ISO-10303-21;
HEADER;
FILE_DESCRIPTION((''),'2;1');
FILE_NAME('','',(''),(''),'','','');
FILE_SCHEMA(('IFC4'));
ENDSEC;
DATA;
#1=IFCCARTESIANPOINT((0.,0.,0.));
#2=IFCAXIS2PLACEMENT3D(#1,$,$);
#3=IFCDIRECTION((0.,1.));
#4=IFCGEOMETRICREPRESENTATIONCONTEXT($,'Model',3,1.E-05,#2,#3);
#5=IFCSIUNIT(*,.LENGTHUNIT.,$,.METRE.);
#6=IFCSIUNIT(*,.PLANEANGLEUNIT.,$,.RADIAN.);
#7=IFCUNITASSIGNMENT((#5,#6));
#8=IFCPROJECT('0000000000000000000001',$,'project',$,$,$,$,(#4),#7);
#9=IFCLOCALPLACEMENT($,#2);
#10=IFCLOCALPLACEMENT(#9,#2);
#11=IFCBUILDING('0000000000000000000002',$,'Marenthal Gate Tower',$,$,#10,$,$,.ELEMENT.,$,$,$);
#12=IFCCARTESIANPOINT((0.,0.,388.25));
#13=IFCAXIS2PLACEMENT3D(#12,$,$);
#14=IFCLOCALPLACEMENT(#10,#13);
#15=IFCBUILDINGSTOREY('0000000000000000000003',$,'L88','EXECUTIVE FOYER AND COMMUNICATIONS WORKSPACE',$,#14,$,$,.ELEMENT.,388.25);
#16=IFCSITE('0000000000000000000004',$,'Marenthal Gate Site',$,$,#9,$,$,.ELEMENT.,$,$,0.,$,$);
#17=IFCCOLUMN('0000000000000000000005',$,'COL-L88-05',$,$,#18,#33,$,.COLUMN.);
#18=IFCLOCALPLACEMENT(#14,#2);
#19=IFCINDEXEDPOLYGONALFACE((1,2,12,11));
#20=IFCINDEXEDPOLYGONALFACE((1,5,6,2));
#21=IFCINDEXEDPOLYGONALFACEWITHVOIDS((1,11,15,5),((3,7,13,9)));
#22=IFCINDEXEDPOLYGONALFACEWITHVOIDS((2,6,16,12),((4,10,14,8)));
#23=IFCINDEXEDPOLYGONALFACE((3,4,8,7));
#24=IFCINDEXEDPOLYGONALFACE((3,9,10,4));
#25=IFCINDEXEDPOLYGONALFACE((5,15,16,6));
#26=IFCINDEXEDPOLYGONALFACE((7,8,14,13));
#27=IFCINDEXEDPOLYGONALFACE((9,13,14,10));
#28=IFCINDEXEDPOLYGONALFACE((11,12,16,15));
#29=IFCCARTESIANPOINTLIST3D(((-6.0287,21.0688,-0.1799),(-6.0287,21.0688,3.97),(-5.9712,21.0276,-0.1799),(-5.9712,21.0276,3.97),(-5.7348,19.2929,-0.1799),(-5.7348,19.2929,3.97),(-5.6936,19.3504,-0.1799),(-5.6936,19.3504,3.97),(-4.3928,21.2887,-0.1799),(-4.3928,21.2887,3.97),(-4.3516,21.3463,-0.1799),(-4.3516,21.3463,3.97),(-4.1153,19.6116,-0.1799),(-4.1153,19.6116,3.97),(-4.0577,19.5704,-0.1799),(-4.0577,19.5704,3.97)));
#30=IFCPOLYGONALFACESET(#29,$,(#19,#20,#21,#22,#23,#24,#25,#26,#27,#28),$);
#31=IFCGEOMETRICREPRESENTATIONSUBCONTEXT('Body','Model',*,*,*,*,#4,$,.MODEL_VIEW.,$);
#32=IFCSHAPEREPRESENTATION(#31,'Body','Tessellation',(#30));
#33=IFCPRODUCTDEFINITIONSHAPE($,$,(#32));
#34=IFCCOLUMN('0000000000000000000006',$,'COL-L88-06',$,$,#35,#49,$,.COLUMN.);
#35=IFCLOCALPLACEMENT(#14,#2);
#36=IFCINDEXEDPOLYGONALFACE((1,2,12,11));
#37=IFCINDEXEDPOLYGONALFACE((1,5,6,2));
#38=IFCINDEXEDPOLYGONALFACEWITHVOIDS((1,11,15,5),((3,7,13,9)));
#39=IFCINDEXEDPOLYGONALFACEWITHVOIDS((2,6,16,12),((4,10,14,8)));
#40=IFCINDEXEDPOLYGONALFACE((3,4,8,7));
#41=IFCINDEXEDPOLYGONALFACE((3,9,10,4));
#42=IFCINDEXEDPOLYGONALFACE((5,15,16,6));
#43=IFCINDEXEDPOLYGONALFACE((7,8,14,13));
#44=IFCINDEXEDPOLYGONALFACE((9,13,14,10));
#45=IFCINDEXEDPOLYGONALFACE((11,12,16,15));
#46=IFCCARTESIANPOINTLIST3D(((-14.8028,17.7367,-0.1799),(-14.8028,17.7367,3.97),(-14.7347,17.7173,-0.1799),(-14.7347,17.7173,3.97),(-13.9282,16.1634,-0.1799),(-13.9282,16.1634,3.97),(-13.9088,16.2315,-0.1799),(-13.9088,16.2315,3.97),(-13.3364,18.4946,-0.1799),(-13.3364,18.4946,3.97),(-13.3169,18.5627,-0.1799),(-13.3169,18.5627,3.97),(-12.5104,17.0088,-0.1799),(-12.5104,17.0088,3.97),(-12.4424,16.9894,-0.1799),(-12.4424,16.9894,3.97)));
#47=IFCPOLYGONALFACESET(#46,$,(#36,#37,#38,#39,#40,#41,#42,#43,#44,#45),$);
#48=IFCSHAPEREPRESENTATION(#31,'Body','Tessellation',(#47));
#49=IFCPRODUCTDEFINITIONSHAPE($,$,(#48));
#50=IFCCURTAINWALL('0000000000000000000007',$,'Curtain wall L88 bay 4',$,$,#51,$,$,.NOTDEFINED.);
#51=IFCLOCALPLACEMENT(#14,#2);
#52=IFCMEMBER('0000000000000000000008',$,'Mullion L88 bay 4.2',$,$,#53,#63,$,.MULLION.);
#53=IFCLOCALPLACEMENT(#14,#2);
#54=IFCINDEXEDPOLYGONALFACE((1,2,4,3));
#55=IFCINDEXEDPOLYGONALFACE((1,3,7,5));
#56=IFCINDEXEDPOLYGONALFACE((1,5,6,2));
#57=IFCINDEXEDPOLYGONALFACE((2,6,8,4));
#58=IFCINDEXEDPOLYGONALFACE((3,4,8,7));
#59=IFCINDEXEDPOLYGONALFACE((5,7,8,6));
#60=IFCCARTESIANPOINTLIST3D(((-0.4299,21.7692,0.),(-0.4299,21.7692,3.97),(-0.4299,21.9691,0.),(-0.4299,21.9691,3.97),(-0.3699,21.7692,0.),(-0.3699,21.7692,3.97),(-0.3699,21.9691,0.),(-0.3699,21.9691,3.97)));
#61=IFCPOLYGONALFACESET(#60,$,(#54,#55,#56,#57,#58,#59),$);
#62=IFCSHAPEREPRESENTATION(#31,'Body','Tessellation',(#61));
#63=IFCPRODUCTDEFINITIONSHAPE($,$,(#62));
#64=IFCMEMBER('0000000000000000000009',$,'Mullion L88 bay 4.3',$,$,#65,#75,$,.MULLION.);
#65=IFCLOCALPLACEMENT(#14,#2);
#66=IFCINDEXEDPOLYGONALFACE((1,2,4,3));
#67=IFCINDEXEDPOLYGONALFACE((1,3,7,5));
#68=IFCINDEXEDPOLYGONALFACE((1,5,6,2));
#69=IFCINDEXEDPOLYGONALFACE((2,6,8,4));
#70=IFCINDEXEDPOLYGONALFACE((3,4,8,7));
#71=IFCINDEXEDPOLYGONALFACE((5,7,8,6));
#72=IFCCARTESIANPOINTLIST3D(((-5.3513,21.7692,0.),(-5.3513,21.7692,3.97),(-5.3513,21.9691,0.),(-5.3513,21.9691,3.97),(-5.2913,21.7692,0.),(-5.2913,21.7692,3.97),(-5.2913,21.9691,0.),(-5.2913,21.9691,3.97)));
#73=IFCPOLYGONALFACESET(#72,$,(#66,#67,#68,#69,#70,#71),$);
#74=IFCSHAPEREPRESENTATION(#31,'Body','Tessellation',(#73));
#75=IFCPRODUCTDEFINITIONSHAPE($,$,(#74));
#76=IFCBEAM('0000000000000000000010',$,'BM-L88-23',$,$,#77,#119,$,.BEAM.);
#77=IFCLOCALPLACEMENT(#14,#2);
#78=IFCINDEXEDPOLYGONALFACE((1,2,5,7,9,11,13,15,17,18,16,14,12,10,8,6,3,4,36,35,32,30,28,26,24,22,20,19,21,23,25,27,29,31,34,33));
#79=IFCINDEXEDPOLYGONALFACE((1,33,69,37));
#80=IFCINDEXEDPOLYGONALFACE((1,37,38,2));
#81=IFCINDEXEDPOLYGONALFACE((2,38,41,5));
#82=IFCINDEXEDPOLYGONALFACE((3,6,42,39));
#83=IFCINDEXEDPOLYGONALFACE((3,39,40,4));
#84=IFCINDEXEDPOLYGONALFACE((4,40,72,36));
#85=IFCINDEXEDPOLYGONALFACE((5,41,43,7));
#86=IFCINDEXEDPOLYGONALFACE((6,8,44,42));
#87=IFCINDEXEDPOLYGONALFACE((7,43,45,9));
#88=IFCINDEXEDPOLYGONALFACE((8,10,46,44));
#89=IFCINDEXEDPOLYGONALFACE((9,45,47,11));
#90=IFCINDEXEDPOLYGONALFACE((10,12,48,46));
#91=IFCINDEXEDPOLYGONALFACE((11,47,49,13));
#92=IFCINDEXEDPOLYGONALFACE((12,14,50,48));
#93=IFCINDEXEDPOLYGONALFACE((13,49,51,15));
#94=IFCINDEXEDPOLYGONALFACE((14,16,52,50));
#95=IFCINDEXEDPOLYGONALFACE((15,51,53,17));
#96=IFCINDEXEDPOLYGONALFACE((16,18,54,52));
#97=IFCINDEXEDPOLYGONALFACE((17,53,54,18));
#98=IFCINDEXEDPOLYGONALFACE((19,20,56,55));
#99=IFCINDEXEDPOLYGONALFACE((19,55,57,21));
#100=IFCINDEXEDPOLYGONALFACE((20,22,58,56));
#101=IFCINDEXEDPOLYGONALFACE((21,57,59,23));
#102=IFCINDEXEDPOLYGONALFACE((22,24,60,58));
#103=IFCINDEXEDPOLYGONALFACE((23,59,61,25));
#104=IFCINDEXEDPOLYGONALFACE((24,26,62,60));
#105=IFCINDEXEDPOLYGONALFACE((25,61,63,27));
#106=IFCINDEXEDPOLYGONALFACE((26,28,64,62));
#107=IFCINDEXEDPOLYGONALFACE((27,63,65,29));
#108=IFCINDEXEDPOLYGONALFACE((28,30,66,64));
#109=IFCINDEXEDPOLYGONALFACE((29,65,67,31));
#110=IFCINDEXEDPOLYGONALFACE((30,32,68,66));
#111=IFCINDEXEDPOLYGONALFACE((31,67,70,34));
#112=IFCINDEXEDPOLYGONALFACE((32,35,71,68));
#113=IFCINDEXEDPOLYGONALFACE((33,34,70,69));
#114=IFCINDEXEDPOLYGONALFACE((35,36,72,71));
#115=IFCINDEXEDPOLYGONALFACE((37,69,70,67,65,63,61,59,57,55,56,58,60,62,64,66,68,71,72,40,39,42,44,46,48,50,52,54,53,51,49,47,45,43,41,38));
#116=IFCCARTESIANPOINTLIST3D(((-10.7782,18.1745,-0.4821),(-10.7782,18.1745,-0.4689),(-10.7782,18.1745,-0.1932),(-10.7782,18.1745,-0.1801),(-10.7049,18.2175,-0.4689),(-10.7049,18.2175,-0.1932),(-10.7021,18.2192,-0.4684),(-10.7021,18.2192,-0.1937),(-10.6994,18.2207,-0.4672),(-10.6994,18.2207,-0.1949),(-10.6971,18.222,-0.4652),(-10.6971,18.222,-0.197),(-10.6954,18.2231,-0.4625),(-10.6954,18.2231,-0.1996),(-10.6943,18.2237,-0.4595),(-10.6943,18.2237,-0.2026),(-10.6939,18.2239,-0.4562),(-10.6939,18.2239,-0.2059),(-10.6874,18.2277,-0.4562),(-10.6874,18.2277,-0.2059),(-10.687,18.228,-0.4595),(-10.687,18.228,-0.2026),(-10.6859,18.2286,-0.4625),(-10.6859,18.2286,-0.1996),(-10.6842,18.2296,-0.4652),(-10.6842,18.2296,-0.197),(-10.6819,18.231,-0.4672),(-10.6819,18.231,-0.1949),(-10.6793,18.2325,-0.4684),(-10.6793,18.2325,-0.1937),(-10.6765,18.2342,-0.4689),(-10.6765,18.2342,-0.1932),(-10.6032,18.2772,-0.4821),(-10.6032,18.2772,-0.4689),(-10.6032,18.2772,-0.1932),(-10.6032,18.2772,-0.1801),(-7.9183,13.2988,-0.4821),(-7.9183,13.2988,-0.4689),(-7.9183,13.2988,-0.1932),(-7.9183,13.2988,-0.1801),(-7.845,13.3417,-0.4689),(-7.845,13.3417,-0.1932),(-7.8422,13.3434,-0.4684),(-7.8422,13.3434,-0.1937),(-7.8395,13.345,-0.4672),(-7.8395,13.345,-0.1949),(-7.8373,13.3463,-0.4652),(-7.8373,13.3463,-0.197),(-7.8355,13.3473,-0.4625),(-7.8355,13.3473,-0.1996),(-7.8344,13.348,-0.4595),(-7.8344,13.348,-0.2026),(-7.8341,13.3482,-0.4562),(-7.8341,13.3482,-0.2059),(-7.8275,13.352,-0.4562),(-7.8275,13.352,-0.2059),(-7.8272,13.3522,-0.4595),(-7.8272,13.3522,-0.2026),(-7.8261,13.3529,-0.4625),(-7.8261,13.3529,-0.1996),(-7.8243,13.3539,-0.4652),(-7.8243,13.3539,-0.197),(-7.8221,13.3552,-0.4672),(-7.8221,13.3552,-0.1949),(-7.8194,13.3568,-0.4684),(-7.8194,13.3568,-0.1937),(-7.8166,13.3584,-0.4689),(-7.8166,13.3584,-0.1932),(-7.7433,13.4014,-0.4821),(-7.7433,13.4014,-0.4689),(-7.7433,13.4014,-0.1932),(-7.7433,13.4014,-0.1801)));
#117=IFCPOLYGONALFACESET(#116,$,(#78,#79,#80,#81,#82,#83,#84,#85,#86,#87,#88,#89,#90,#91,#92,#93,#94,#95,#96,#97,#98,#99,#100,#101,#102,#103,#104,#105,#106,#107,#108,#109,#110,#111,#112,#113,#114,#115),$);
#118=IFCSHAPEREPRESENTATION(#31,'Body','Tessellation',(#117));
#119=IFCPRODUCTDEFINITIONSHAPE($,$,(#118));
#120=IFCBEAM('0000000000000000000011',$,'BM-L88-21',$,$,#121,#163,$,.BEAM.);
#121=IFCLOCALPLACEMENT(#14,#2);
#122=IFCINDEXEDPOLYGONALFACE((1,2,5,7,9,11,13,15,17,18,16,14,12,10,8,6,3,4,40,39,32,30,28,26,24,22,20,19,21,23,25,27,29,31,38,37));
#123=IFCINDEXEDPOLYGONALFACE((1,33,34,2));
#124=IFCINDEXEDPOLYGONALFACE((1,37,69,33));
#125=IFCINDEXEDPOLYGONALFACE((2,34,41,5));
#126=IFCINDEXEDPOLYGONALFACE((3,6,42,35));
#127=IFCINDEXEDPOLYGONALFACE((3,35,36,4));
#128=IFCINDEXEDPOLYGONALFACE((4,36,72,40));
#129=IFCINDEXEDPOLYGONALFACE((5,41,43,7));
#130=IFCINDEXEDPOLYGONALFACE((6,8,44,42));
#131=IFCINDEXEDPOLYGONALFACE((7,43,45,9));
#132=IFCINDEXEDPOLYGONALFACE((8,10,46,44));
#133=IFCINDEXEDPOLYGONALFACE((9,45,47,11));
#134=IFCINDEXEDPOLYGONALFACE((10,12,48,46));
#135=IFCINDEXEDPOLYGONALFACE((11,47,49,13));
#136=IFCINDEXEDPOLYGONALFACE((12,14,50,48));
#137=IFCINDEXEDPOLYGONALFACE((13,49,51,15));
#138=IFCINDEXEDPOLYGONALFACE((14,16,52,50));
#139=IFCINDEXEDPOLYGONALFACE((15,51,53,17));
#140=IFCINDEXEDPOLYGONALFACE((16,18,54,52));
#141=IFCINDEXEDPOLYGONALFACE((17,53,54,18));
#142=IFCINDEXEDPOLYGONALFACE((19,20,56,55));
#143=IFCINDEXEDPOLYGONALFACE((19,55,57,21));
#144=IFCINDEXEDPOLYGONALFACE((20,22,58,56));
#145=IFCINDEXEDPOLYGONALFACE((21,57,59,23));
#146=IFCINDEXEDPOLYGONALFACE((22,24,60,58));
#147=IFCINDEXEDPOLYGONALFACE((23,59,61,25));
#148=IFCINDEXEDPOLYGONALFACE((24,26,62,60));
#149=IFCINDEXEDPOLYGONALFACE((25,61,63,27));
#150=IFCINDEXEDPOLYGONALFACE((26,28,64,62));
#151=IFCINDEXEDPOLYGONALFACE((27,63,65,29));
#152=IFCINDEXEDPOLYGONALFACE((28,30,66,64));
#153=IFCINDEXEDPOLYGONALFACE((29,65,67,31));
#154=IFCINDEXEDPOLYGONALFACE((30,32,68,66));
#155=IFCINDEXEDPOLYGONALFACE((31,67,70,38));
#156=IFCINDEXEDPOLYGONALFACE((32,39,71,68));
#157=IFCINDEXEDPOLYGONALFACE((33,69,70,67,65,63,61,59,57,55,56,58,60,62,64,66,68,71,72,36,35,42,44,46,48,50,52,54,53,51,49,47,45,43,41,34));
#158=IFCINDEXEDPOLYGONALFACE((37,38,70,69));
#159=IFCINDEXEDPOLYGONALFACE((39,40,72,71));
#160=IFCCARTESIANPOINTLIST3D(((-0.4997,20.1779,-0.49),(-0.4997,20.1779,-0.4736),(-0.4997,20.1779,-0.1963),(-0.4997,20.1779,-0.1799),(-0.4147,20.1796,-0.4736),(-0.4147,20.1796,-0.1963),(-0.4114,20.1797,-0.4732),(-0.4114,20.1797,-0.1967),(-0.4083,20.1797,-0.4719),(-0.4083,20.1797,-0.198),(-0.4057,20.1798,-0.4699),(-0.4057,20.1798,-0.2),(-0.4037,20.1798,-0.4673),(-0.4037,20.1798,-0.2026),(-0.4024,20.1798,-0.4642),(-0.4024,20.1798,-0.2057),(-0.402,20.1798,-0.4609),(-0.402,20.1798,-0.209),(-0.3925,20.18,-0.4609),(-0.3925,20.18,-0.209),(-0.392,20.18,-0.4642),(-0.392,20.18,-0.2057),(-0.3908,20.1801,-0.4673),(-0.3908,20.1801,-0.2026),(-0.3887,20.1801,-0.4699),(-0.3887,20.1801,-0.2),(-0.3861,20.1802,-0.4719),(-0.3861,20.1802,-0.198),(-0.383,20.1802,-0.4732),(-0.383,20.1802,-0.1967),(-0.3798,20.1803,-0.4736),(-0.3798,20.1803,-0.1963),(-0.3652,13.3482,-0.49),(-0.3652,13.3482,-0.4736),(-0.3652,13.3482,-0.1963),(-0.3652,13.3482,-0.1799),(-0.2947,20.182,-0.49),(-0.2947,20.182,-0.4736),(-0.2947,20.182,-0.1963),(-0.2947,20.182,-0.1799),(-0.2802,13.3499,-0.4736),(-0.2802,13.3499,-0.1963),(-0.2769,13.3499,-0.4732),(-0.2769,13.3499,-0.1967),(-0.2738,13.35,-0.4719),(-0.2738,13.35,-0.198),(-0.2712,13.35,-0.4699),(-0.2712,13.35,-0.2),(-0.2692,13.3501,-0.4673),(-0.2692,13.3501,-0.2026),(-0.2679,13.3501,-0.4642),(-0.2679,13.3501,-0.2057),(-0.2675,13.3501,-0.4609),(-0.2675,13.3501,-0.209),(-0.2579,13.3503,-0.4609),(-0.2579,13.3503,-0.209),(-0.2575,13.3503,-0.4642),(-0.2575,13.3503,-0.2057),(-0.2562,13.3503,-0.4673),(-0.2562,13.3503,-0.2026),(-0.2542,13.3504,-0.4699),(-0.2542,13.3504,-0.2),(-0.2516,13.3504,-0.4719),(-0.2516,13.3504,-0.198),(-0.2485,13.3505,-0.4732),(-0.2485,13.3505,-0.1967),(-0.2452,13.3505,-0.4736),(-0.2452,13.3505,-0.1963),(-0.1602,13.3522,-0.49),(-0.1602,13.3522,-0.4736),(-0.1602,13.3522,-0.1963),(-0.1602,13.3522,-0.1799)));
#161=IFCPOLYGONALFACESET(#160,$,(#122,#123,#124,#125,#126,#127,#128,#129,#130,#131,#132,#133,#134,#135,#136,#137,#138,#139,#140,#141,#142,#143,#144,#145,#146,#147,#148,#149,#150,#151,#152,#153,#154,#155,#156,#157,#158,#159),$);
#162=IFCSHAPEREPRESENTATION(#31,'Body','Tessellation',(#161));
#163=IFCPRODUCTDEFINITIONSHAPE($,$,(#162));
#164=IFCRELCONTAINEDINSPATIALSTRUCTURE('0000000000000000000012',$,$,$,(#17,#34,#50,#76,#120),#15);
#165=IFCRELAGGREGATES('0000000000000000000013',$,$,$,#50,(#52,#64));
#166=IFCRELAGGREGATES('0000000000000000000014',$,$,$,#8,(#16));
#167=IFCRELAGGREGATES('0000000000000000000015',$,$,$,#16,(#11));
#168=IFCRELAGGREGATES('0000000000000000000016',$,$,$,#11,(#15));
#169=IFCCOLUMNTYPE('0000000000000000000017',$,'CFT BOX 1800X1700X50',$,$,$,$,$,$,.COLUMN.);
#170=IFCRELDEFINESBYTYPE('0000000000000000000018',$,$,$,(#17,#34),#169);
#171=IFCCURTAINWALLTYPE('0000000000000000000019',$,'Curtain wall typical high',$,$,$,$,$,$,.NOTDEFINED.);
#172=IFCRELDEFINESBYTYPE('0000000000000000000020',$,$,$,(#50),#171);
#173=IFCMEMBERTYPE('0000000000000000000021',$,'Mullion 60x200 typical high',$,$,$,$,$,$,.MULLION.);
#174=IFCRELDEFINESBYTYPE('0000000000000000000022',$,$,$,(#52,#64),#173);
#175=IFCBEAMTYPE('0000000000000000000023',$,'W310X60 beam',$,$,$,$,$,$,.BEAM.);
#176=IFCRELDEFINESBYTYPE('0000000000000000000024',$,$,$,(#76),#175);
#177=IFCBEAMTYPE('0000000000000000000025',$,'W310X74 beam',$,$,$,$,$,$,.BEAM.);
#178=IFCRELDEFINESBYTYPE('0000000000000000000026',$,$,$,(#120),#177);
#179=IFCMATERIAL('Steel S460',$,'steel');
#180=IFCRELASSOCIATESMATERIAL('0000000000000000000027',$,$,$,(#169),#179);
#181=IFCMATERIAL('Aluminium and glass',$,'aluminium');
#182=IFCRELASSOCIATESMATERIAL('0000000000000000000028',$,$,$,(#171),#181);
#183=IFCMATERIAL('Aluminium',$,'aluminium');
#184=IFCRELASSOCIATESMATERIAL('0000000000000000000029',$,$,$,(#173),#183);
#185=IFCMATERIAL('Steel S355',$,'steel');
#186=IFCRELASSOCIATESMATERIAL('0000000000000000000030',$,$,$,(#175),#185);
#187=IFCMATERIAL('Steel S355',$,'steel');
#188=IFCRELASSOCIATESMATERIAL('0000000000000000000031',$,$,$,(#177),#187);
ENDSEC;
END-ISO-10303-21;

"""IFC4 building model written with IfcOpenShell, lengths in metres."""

from ifc_helpers import new_model, si_unit, direction, frame, origin, origin_2d, place, context, subcontext, project, spatial, rectangle, hollow_rectangle, i_section, extrude, material, material_profile, profile_set, type_object, element, aggregate, save


model = new_model("IFC4")

# Units and contexts
model_context = context("Model", 3, precision=1e-05, world=origin(), true_north=direction((0.0, 1.0)))
body_context = subcontext(model_context, "Body", "Model", "MODEL_VIEW")
ifc_project = project(units=[si_unit("LENGTHUNIT", "METRE"), si_unit("PLANEANGLEUNIT", "RADIAN")], contexts=[model_context])

# Site, building, storey
site_placement = place(None, origin())
site = spatial("IfcSite", under=ifc_project, at=site_placement, Name="Marenthal Gate Site", CompositionType="ELEMENT", RefElevation=0.0)
building_placement = place(site_placement, origin())
building = spatial("IfcBuilding", under=site, at=building_placement, Name="Marenthal Gate Tower", CompositionType="ELEMENT")
storey_placement = place(building_placement, frame((0.0, 0.0, 388.25)))
storey = spatial("IfcBuildingStorey", under=building, at=storey_placement, Name="L88", Description="EXECUTIVE FOYER AND COMMUNICATIONS WORKSPACE", CompositionType="ELEMENT", Elevation=388.25)

# Columns
ifc_material_1 = material(Name="Steel S460", Category="steel")
ifc_material_profile_1 = material_profile(ifc_material_1, hollow_rectangle(XDim=1.7, YDim=1.8, WallThickness=0.05, at=origin_2d()), Name="CFT BOX 1800X1700X50")
ifc_material_2 = material(Name="Concrete 70 MPa", Category="concrete")
ifc_material_profile_2 = material_profile(ifc_material_2, rectangle(XDim=1.6001, YDim=1.7, at=origin_2d()), Name="CFT BOX 1800X1700X50 INFILL")
ifc_profile_set_1 = profile_set([ifc_material_profile_1, ifc_material_profile_2], Name="Steel S460 shell, Concrete 70 MPa infill")
column_type = type_object("IfcColumnType", Name="CFT BOX 1800X1700X50", PredefinedType="COLUMN", material=ifc_profile_set_1)
for number, where, z_axis, x_axis, name in (
    (1, (-5.0432, 20.3196, -0.1799), (0.0, 0.0, 1.0), (0.986583, 0.163262, 0.0), "COL-L88-05"),
    (2, (-13.6226, 17.363, -0.1799), (0.0, 0.0, 1.0), (0.874037, 0.48586, 0.0), "COL-L88-06"),
):
    element("IfcColumn", number, at=place(storey_placement, frame(where, z_axis=z_axis, x_axis=x_axis)), inside=storey, type_object=column_type, Name=name, PredefinedType="COLUMN", context=body_context, shape_type="SweptSolid", body=[
        extrude(hollow_rectangle(XDim=1.7, YDim=1.8, WallThickness=0.05, at=origin_2d()), origin(), (0.0, 0.0, 1.0), 4.1499),
    ])

# Curtain wall, members
ifc_material_3 = material(Name="Aluminium and glass", Category="aluminium")
curtain_wall_type = type_object("IfcCurtainWallType", Name="Curtain wall typical high", PredefinedType="NOTDEFINED", material=ifc_material_3)
curtain_wall_placement = place(storey_placement, origin())
curtain_wall = element("IfcCurtainWall", 3, at=curtain_wall_placement, inside=storey, type_object=curtain_wall_type, Name="Curtain wall L88 bay 4", PredefinedType="NOTDEFINED")
ifc_material_4 = material(Name="Aluminium", Category="aluminium")
ifc_material_profile_3 = material_profile(ifc_material_4, rectangle(XDim=0.2, YDim=0.0601, at=origin_2d()), Name="60x200 aluminium mullion")
ifc_profile_set_2 = profile_set([ifc_material_profile_3], Name="Aluminium")
member_type = type_object("IfcMemberType", Name="Mullion 60x200 typical high", PredefinedType="MULLION", material=ifc_profile_set_2)
member_1_placement = place(storey_placement, frame((-0.3999, 21.8691, 0.0), z_axis=(0.0, 0.0, 1.0), x_axis=(0.0, -1.0, 0.0)))
member_1 = element("IfcMember", 4, at=member_1_placement, type_object=member_type, Name="Mullion L88 bay 4.2", PredefinedType="MULLION", context=body_context, shape_type="SweptSolid", body=[
    extrude(rectangle(XDim=0.2, YDim=0.0601, at=origin_2d()), origin(), (0.0, 0.0, 1.0), 3.97),
])
member_2_placement = place(storey_placement, frame((-5.3213, 21.8691, 0.0), z_axis=(0.0, 0.0, 1.0), x_axis=(0.0, -1.0, 0.0)))
member_2 = element("IfcMember", 5, at=member_2_placement, type_object=member_type, Name="Mullion L88 bay 4.3", PredefinedType="MULLION", context=body_context, shape_type="SweptSolid", body=[
    extrude(rectangle(XDim=0.2, YDim=0.0601, at=origin_2d()), origin(), (0.0, 0.0, 1.0), 3.97),
])

# Beams
ifc_material_5 = material(Name="Steel S355", Category="steel")
ifc_material_profile_4 = material_profile(ifc_material_5, i_section(OverallWidth=0.2029, OverallDepth=0.302, WebThickness=0.0076, FlangeThickness=0.0132, FilletRadius=0.0127, at=origin_2d()), Name="W310X60")
ifc_profile_set_3 = profile_set([ifc_material_profile_4], Name="Steel S355")
beam_type_1 = type_object("IfcBeamType", Name="W310X60 beam", PredefinedType="BEAM", material=ifc_profile_set_3)
beam_1_placement = place(storey_placement, frame((-10.6907, 18.2258, -0.3311), z_axis=(0.50594, -0.862569, 0.0), x_axis=(0.862569, 0.50594, 0.0)))
element("IfcBeam", 6, at=beam_1_placement, inside=storey, type_object=beam_type_1, Name="BM-L88-23", PredefinedType="BEAM", context=body_context, shape_type="SweptSolid", body=[
    extrude(i_section(OverallWidth=0.2029, OverallDepth=0.302, WebThickness=0.0076, FlangeThickness=0.0132, FilletRadius=0.0127, at=origin_2d()), origin(), (0.0, 0.0, 1.0), 5.6526),
])
ifc_material_6 = material(Name="Steel S355", Category="steel")
ifc_material_profile_5 = material_profile(ifc_material_6, i_section(OverallWidth=0.2051, OverallDepth=0.3101, WebThickness=0.0095, FlangeThickness=0.0164, FilletRadius=0.0127, at=origin_2d()), Name="W310X74")
ifc_profile_set_4 = profile_set([ifc_material_profile_5], Name="Steel S355")
beam_type_2 = type_object("IfcBeamType", Name="W310X74 beam", PredefinedType="BEAM", material=ifc_profile_set_4)
beam_2_placement = place(storey_placement, frame((-0.3972, 20.1799, -0.335), z_axis=(0.019692, -0.999806, 0.0), x_axis=(0.999806, 0.019692, 0.0)))
element("IfcBeam", 7, at=beam_2_placement, inside=storey, type_object=beam_type_2, Name="BM-L88-21", PredefinedType="BEAM", context=body_context, shape_type="SweptSolid", body=[
    extrude(i_section(OverallWidth=0.2051, OverallDepth=0.3101, WebThickness=0.0095, FlangeThickness=0.0164, FilletRadius=0.0127, at=origin_2d()), origin(), (0.0, 0.0, 1.0), 6.8311),
])

aggregate(curtain_wall, [member_1, member_2])

save(model, "model.ifc")
